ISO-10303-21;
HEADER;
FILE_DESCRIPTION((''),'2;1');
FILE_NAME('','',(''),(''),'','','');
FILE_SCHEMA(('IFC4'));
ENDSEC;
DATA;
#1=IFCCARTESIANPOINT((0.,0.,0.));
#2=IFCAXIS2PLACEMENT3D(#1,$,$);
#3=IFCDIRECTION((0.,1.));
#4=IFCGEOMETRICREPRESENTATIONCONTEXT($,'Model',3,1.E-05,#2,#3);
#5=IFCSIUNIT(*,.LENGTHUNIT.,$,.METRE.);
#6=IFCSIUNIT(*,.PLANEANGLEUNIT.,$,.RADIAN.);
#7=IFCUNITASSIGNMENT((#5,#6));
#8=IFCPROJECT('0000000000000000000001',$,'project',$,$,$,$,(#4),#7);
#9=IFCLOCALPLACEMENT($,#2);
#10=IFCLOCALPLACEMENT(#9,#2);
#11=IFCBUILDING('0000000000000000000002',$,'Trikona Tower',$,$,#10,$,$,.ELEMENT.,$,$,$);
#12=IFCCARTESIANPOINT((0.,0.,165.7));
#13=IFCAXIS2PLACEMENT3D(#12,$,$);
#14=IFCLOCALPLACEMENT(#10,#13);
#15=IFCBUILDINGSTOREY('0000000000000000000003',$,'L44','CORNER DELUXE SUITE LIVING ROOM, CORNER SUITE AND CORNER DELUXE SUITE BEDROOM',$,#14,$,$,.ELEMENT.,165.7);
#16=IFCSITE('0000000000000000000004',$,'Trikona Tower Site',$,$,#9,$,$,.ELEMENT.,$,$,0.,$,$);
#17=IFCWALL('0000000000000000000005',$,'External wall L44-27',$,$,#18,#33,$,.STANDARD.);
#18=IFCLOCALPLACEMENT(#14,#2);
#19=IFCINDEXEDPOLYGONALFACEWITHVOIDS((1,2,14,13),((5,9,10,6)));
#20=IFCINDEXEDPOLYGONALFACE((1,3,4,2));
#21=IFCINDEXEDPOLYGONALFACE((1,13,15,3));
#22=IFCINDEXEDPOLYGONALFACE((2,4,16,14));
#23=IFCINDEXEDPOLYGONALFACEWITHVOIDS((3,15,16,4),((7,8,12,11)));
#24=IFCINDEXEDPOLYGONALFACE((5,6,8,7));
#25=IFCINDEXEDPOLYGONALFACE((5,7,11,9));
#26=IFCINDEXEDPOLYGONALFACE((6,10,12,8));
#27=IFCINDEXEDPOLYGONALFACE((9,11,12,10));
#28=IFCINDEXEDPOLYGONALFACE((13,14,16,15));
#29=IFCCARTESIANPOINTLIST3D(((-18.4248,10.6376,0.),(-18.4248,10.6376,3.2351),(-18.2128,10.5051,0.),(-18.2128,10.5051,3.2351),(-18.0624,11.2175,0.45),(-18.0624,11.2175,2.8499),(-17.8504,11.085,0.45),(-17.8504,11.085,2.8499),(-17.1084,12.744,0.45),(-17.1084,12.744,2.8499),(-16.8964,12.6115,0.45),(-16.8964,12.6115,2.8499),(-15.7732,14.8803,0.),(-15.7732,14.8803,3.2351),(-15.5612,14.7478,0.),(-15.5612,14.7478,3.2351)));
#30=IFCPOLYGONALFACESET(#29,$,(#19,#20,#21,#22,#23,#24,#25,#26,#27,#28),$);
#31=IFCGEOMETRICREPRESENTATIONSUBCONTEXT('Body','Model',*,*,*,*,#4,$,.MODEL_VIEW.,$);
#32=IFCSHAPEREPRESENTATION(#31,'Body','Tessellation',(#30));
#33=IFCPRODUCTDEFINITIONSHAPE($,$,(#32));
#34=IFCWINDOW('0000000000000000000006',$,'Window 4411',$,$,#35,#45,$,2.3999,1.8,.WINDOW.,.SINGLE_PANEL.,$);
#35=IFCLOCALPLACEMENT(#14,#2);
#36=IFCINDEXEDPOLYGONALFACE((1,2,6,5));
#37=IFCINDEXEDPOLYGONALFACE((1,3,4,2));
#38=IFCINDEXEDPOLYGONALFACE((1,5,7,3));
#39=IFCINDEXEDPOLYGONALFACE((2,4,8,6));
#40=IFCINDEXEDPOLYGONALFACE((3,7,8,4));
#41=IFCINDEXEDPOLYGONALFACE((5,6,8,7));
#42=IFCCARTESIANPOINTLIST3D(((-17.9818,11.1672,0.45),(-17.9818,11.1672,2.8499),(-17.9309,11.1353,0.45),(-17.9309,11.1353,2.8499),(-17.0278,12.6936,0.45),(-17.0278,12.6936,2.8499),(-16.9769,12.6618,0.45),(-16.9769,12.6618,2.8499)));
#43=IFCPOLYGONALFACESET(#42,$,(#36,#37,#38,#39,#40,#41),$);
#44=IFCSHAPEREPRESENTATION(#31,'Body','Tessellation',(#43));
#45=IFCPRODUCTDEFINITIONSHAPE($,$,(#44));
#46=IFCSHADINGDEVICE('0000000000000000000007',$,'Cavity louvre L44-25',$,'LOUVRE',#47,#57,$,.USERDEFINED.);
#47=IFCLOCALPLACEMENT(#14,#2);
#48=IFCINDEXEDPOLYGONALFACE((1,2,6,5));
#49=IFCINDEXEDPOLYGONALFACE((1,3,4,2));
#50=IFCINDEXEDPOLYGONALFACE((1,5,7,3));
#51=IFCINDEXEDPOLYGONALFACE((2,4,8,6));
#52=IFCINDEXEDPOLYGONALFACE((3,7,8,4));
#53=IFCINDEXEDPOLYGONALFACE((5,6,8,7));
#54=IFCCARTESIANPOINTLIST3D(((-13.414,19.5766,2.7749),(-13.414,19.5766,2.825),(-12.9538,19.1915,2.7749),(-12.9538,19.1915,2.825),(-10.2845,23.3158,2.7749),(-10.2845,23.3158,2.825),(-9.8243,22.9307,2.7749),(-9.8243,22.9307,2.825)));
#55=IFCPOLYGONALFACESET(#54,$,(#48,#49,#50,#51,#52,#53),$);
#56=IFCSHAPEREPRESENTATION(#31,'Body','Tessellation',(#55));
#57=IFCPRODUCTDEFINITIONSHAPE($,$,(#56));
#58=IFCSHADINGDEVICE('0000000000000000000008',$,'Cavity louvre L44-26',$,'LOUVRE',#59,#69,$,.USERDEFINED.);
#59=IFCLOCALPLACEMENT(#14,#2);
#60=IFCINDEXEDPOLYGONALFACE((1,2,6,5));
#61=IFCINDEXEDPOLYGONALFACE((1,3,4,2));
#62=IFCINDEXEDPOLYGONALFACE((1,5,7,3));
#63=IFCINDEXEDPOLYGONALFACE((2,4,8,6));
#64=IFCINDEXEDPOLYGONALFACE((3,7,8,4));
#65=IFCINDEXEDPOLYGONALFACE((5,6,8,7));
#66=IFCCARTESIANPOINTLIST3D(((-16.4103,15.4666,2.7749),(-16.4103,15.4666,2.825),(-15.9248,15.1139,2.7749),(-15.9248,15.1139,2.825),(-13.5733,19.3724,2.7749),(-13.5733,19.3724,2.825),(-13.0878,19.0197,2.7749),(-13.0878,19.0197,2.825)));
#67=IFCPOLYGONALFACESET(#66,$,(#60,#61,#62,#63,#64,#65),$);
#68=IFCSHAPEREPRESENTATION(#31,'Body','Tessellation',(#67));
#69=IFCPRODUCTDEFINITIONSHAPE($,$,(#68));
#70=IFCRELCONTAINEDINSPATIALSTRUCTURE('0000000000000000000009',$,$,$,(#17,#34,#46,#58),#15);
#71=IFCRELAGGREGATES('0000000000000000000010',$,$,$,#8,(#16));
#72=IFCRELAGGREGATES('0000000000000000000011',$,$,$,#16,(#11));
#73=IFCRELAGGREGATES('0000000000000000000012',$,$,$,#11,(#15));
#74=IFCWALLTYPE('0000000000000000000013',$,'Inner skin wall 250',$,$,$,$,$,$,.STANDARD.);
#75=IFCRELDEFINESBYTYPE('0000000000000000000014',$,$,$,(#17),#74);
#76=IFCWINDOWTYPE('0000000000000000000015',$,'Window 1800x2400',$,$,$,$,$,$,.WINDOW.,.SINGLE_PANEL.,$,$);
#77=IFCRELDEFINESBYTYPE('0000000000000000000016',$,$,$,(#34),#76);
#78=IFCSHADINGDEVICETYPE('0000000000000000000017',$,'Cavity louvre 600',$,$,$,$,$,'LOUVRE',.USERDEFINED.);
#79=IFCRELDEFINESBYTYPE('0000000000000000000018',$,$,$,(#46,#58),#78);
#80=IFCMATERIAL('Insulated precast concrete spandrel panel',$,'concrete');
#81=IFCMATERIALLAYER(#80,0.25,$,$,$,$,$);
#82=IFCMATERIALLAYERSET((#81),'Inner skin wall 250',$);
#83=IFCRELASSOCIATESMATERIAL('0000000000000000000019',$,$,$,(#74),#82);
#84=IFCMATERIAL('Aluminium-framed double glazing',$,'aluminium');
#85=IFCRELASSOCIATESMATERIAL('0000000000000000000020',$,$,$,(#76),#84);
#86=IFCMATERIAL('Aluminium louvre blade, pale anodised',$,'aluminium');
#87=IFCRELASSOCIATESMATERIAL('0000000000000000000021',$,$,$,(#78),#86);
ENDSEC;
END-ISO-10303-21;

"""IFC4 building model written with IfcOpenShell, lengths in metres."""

from ifc_helpers import new_model, si_unit, direction, frame, frame_2d, origin, origin_2d, place, context, subcontext, project, spatial, rectangle, extrude, material, layer, layer_set, type_object, element, fill, save


model = new_model("IFC4")

# Units and contexts
model_context = context("Model", 3, precision=1e-05, world=origin(), true_north=direction((0.0, 1.0)))
body_context = subcontext(model_context, "Body", "Model", "MODEL_VIEW")
ifc_project = project(units=[si_unit("LENGTHUNIT", "METRE"), si_unit("PLANEANGLEUNIT", "RADIAN")], contexts=[model_context])

# Site, building, storey
site_placement = place(None, origin())
site = spatial("IfcSite", under=ifc_project, at=site_placement, Name="Trikona Tower Site", CompositionType="ELEMENT", RefElevation=0.0)
building_placement = place(site_placement, origin())
building = spatial("IfcBuilding", under=site, at=building_placement, Name="Trikona Tower", CompositionType="ELEMENT")
storey_placement = place(building_placement, frame((0.0, 0.0, 165.7)))
storey = spatial("IfcBuildingStorey", under=building, at=storey_placement, Name="L44", Description="CORNER DELUXE SUITE LIVING ROOM, CORNER SUITE AND CORNER DELUXE SUITE BEDROOM", CompositionType="ELEMENT", Elevation=165.7)

# Wall, opening, window
ifc_material_1 = material(Name="Insulated precast concrete spandrel panel", Category="concrete")
ifc_layer_1 = layer(ifc_material_1, 0.25)
ifc_layer_set_1 = layer_set([ifc_layer_1], Name="Inner skin wall 250")
wall_type = type_object("IfcWallType", Name="Inner skin wall 250", PredefinedType="STANDARD", material=ifc_layer_set_1)
wall_1_placement = place(storey_placement, frame((-15.6672, 14.814, 0.0), z_axis=(0.0, 0.0, 1.0), x_axis=(-0.52999, -0.848004, 0.0)))
wall_1 = element("IfcWall", 1, at=wall_1_placement, inside=storey, type_object=wall_type, Name="External wall L44-27", PredefinedType="STANDARD", context=body_context, shape_type="SweptSolid", body=[
    extrude(rectangle(XDim=5.0032, YDim=0.25, at=frame_2d((2.5015, 0.0))), origin(), (0.0, 0.0, 1.0), 3.2351),
])
opening_1_placement = place(wall_1_placement, frame((2.5193, 0.0, 0.45)))
opening_1 = element("IfcOpeningElement", 2, at=opening_1_placement, cuts=wall_1, PredefinedType="OPENING", context=body_context, shape_type="SweptSolid", body=[
    extrude(rectangle(XDim=1.8, YDim=2.3999, at=frame_2d((0.8999, 1.2))), frame((0.0, 0.135, 0.0), z_axis=(0.0, -1.0, 0.0), x_axis=(1.0, 0.0, 0.0)), (0.0, 0.0, 1.0), 0.27),
])
ifc_material_2 = material(Name="Aluminium-framed double glazing", Category="aluminium")
window_type_1 = type_object("IfcWindowType", Name="Window 1800x2400", PartitioningType="SINGLE_PANEL", PredefinedType="WINDOW", material=ifc_material_2)
window_1_placement = place(opening_1_placement, origin())
window_1 = element("IfcWindow", 3, at=window_1_placement, inside=storey, type_object=window_type_1, Name="Window 4411", OverallHeight=2.3999, OverallWidth=1.8, PartitioningType="SINGLE_PANEL", PredefinedType="WINDOW", context=body_context, shape_type="SweptSolid", body=[
    extrude(rectangle(XDim=1.8, YDim=2.3999, at=frame_2d((0.8999, 1.2))), frame((0.0, 0.03, 0.0), z_axis=(0.0, -1.0, 0.0), x_axis=(1.0, 0.0, 0.0)), (0.0, 0.0, 1.0), 0.0601),
])
fill(opening_1, window_1)

# Shading devices
ifc_material_3 = material(Name="Aluminium louvre blade, pale anodised", Category="aluminium")
shading_device_type = type_object("IfcShadingDeviceType", Name="Cavity louvre 600", ElementType="LOUVRE", PredefinedType="USERDEFINED", material=ifc_material_3)
shading_device_1_placement = place(storey_placement, frame((-11.6191, 21.2537, 2.7749), z_axis=(0.0, 0.0, 1.0), x_axis=(-0.641807, -0.766866, 0.0)))
element("IfcShadingDevice", 4, at=shading_device_1_placement, inside=storey, type_object=shading_device_type, Name="Cavity louvre L44-25", ObjectType="LOUVRE", PredefinedType="USERDEFINED", context=body_context, shape_type="SweptSolid", body=[
    extrude(rectangle(XDim=4.876, YDim=0.6001, at=origin_2d()), origin(), (0.0, 0.0, 1.0), 0.05),
])
shading_device_2_placement = place(storey_placement, frame((-14.749, 17.2432, 2.7749), z_axis=(0.0, 0.0, 1.0), x_axis=(-0.587686, -0.809089, 0.0)))
element("IfcShadingDevice", 5, at=shading_device_2_placement, inside=storey, type_object=shading_device_type, Name="Cavity louvre L44-26", ObjectType="LOUVRE", PredefinedType="USERDEFINED", context=body_context, shape_type="SweptSolid", body=[
    extrude(rectangle(XDim=4.8274, YDim=0.6001, at=origin_2d()), origin(), (0.0, 0.0, 1.0), 0.05),
])

save(model, "model.ifc")
